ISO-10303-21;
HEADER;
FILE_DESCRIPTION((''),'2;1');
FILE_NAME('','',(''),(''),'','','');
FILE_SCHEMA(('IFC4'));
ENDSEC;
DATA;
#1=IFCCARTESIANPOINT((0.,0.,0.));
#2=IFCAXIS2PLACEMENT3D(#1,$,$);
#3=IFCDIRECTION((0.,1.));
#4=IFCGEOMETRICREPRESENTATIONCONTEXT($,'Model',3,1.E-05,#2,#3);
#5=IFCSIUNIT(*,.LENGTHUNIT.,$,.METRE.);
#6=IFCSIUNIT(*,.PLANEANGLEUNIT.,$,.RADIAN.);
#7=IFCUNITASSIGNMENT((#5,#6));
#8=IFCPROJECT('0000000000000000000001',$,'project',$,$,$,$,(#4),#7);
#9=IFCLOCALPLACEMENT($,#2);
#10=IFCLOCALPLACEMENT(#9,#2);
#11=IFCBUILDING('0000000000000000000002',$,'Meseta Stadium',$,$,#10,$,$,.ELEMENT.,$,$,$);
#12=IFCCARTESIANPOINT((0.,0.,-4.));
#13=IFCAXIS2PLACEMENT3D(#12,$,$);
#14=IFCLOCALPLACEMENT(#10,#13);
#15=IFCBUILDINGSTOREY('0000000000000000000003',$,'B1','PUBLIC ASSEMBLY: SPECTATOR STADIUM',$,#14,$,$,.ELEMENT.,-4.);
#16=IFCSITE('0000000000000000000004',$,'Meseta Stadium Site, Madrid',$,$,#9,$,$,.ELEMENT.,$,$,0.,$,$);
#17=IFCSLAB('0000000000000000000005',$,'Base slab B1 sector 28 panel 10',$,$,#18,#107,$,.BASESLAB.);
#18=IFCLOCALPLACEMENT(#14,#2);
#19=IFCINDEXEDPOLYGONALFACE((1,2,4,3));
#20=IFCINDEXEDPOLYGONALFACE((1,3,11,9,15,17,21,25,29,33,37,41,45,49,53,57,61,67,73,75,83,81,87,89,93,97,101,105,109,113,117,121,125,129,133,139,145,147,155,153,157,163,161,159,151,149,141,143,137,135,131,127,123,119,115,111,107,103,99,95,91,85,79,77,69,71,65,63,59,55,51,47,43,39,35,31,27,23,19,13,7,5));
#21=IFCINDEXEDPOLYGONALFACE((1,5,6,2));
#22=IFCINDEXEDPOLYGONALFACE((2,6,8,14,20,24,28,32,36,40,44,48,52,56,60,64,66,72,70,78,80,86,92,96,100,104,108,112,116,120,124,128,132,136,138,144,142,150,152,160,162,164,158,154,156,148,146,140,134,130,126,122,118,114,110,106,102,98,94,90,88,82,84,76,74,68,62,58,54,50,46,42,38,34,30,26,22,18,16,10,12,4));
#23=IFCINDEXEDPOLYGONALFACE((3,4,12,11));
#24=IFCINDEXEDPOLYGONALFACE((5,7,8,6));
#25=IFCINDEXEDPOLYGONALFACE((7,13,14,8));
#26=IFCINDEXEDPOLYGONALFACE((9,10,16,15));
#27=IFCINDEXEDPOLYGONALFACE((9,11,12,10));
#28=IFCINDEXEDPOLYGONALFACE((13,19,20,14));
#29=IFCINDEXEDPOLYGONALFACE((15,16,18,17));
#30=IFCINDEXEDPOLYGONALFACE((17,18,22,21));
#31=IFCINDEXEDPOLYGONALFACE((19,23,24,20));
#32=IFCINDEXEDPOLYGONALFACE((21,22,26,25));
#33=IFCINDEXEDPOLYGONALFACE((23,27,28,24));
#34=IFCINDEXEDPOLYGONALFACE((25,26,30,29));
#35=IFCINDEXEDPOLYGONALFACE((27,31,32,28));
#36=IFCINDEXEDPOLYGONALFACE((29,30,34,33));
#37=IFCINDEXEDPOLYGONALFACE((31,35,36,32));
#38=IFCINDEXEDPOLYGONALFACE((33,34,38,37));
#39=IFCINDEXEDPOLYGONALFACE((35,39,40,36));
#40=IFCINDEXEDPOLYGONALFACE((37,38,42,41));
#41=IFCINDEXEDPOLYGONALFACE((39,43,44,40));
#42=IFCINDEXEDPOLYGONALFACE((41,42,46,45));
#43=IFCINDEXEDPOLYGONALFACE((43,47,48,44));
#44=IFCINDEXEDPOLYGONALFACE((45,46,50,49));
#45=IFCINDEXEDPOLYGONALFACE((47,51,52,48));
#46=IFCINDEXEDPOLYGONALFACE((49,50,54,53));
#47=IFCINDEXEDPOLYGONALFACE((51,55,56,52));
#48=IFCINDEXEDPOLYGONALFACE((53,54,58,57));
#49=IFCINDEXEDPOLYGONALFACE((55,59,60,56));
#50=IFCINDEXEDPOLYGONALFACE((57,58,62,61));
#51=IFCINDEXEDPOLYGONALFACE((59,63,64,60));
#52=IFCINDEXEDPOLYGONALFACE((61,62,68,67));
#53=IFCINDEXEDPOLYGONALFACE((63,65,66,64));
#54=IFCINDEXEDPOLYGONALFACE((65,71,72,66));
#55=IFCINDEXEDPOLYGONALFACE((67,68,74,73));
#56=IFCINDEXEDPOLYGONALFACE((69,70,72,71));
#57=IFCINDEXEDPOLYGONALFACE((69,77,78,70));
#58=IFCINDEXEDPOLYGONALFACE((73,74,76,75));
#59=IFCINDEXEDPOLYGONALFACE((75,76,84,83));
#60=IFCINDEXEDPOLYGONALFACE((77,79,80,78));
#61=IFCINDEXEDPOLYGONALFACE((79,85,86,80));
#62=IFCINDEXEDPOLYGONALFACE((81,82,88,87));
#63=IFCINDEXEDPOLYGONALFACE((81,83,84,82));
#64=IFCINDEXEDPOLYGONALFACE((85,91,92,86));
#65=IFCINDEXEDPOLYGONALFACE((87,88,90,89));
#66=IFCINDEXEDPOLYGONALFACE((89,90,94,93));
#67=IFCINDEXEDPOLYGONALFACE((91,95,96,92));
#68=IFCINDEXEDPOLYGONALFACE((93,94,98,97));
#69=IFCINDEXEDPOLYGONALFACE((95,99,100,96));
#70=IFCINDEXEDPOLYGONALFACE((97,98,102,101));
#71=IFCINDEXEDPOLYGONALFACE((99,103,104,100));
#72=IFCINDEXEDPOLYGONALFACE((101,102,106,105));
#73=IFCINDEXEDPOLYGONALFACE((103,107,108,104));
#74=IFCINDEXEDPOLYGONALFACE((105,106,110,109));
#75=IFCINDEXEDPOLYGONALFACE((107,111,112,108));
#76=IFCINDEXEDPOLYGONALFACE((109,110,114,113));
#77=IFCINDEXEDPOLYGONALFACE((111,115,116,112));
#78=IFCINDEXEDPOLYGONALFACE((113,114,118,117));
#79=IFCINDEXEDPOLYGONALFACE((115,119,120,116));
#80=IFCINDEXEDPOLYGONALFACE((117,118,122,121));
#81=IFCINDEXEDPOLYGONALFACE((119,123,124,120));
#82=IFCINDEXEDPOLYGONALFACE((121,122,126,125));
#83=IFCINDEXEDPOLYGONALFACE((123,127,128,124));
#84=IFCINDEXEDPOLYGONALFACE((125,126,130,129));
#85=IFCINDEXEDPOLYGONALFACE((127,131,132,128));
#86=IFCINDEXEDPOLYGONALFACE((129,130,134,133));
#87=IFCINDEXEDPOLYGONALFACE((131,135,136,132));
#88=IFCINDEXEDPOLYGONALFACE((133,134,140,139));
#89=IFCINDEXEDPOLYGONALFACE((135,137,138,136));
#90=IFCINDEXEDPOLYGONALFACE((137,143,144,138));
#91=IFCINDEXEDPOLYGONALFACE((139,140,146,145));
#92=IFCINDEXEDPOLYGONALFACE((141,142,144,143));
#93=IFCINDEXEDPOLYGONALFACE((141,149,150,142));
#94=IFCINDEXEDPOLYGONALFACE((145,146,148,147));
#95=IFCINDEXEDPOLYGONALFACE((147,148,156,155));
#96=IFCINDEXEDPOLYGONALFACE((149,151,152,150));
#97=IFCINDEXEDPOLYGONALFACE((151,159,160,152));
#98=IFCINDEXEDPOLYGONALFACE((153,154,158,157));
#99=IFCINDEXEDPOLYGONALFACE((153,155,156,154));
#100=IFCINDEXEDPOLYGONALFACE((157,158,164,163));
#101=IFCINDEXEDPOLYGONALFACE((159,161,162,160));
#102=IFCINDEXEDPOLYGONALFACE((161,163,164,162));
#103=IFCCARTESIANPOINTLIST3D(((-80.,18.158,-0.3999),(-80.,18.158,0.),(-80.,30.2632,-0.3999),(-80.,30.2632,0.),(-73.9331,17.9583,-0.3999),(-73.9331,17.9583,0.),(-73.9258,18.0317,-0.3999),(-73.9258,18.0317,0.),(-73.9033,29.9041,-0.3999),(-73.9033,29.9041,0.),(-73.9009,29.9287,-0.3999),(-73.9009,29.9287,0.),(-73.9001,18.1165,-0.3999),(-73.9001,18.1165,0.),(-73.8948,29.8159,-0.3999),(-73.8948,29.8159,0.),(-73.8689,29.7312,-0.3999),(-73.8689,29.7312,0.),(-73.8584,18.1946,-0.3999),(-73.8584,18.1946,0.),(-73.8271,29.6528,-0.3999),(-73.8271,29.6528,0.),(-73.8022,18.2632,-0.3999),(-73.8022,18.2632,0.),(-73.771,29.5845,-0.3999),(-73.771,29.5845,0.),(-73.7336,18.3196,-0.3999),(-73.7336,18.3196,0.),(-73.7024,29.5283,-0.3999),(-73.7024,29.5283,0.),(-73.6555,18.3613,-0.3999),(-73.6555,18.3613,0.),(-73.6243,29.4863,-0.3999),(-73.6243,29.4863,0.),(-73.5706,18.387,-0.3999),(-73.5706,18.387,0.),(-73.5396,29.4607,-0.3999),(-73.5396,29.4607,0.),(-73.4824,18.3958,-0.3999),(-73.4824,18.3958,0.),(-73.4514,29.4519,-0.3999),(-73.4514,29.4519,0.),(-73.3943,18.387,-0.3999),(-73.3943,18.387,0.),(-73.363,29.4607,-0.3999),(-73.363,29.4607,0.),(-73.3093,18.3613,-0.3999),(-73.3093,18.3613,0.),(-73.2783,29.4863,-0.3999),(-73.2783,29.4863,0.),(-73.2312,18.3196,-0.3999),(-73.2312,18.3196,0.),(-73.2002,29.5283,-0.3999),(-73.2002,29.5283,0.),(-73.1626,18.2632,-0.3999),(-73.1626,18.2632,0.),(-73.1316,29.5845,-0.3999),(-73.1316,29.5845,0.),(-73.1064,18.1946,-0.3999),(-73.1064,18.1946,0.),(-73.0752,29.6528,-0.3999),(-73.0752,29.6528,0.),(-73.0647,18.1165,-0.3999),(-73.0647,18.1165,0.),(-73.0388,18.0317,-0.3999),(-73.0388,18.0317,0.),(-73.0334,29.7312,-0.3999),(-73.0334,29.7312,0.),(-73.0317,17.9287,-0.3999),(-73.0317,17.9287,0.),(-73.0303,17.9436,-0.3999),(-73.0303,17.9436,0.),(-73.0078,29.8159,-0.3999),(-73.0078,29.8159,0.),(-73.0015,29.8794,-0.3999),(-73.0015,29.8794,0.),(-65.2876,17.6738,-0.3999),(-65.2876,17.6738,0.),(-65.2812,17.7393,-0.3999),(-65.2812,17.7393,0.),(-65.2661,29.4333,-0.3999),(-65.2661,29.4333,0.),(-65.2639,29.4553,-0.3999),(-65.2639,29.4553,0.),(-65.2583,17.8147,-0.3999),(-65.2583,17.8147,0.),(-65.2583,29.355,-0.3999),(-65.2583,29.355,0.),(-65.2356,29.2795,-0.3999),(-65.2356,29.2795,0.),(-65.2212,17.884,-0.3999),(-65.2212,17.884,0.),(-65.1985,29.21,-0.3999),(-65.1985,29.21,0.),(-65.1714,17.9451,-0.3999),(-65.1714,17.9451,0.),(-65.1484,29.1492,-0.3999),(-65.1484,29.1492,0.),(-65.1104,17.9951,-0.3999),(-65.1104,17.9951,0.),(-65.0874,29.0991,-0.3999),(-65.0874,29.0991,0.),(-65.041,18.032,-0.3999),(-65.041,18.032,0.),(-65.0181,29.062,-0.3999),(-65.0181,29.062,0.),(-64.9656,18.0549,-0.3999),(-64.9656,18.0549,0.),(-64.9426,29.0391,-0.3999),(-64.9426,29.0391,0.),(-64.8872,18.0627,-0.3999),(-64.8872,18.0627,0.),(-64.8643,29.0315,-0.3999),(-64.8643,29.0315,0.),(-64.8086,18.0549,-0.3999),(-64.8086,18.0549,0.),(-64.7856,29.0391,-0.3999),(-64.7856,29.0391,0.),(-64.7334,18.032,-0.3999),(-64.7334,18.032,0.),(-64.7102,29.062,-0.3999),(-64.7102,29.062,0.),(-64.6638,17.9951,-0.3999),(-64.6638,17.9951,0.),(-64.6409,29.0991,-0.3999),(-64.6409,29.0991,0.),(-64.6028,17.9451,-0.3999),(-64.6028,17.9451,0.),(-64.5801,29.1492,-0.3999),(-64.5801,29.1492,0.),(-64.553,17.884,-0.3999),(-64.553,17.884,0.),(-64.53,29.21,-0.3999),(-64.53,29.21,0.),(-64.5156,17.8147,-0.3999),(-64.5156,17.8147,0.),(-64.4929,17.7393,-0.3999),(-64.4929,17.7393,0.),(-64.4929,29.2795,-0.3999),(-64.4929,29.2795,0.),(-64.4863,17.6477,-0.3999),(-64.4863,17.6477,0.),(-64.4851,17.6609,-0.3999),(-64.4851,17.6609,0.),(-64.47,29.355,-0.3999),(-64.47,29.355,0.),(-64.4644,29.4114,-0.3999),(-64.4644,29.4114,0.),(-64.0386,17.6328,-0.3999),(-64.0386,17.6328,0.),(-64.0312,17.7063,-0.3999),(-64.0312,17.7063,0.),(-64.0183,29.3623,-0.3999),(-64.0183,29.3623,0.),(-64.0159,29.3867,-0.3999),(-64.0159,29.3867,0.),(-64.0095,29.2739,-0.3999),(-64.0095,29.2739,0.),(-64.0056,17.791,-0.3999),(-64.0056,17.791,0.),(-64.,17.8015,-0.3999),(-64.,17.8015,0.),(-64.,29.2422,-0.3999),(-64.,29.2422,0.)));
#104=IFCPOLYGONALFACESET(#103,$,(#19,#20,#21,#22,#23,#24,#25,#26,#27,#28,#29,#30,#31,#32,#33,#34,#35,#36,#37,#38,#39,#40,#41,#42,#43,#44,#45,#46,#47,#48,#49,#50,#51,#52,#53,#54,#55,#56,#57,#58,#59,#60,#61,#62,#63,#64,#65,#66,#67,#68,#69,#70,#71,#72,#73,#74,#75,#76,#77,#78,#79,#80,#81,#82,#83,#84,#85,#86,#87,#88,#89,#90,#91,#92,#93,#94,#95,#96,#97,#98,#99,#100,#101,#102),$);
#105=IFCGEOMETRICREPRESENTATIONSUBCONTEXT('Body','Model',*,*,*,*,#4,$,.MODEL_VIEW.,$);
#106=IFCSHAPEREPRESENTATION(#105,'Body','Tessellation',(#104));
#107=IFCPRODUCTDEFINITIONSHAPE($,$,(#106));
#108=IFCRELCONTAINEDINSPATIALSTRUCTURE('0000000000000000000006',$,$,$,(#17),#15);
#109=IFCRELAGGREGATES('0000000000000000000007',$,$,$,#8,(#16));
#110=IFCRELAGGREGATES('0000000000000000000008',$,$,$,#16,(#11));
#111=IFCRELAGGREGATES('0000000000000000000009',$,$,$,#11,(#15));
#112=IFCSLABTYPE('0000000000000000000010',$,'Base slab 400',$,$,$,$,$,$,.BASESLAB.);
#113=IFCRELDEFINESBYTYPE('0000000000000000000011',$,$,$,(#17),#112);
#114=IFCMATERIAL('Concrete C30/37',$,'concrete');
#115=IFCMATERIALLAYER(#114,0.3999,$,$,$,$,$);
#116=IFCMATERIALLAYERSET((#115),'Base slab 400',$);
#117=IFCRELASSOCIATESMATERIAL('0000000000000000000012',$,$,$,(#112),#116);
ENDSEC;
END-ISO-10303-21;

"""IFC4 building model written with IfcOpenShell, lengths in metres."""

from ifc_helpers import new_model, si_unit, direction, frame, origin, place, context, subcontext, project, spatial, polyline, outline, extrude, material, layer, layer_set, type_object, element, save


model = new_model("IFC4")

# Units and contexts
model_context = context("Model", 3, precision=1e-05, world=origin(), true_north=direction((0.0, 1.0)))
body_context = subcontext(model_context, "Body", "Model", "MODEL_VIEW")
ifc_project = project(units=[si_unit("LENGTHUNIT", "METRE"), si_unit("PLANEANGLEUNIT", "RADIAN")], contexts=[model_context])

# Site, building, storey
site_placement = place(None, origin())
site = spatial("IfcSite", under=ifc_project, at=site_placement, Name="Meseta Stadium Site, Madrid", CompositionType="ELEMENT", RefElevation=0.0)
building_placement = place(site_placement, origin())
building = spatial("IfcBuilding", under=site, at=building_placement, Name="Meseta Stadium", CompositionType="ELEMENT")
storey_placement = place(building_placement, frame((0.0, 0.0, -4.0)))
storey = spatial("IfcBuildingStorey", under=building, at=storey_placement, Name="B1", Description="PUBLIC ASSEMBLY: SPECTATOR STADIUM", CompositionType="ELEMENT", Elevation=-4.0)

# Slab
ifc_material = material(Name="Concrete C30/37", Category="concrete")
ifc_layer = layer(ifc_material, 0.3999)
ifc_layer_set = layer_set([ifc_layer], Name="Base slab 400")
slab_type = type_object("IfcSlabType", Name="Base slab 400", PredefinedType="BASESLAB", material=ifc_layer_set)
slab_1_placement = place(storey_placement, frame((0.0, 0.0, -0.3999)))
element("IfcSlab", 1, at=slab_1_placement, inside=storey, type_object=slab_type, Name="Base slab B1 sector 28 panel 10", PredefinedType="BASESLAB", context=body_context, shape_type="SweptSolid", body=[
    extrude(outline(polyline([(-64.0312, 17.7063), (-64.0056, 17.791), (-64.0, 17.8015), (-64.0, 29.2422), (-64.0095, 29.2739), (-64.0183, 29.3623), (-64.0159, 29.3867), (-64.4644, 29.4114), (-64.47, 29.355), (-64.4929, 29.2795), (-64.53, 29.21), (-64.5801, 29.1492), (-64.6409, 29.0991), (-64.7102, 29.062), (-64.7856, 29.0391), (-64.8643, 29.0315), (-64.9426, 29.0391), (-65.0181, 29.062), (-65.0874, 29.0991), (-65.1484, 29.1492), (-65.1985, 29.21), (-65.2356, 29.2795), (-65.2583, 29.355), (-65.2661, 29.4333), (-65.2639, 29.4553), (-73.0015, 29.8794), (-73.0078, 29.8159), (-73.0334, 29.7312), (-73.0752, 29.6528), (-73.1316, 29.5845), (-73.2002, 29.5283), (-73.2783, 29.4863), (-73.363, 29.4607), (-73.4514, 29.4519), (-73.5396, 29.4607), (-73.6243, 29.4863), (-73.7024, 29.5283), (-73.771, 29.5845), (-73.8271, 29.6528), (-73.8689, 29.7312), (-73.8948, 29.8159), (-73.9033, 29.9041), (-73.9009, 29.9287), (-80.0, 30.2632), (-80.0, 18.158), (-73.9331, 17.9583), (-73.9258, 18.0317), (-73.9001, 18.1165), (-73.8584, 18.1946), (-73.8022, 18.2632), (-73.7336, 18.3196), (-73.6555, 18.3613), (-73.5706, 18.387), (-73.4824, 18.3958), (-73.3943, 18.387), (-73.3093, 18.3613), (-73.2312, 18.3196), (-73.1626, 18.2632), (-73.1064, 18.1946), (-73.0647, 18.1165), (-73.0388, 18.0317), (-73.0303, 17.9436), (-73.0317, 17.9287), (-65.2876, 17.6738), (-65.2812, 17.7393), (-65.2583, 17.8147), (-65.2212, 17.884), (-65.1714, 17.9451), (-65.1104, 17.9951), (-65.041, 18.032), (-64.9656, 18.0549), (-64.8872, 18.0627), (-64.8086, 18.0549), (-64.7334, 18.032), (-64.6638, 17.9951), (-64.6028, 17.9451), (-64.553, 17.884), (-64.5156, 17.8147), (-64.4929, 17.7393), (-64.4851, 17.6609), (-64.4863, 17.6477), (-64.0386, 17.6328), (-64.0312, 17.7063)])), origin(), (0.0, 0.0, 1.0), 0.3999),
])

save(model, "model.ifc")
